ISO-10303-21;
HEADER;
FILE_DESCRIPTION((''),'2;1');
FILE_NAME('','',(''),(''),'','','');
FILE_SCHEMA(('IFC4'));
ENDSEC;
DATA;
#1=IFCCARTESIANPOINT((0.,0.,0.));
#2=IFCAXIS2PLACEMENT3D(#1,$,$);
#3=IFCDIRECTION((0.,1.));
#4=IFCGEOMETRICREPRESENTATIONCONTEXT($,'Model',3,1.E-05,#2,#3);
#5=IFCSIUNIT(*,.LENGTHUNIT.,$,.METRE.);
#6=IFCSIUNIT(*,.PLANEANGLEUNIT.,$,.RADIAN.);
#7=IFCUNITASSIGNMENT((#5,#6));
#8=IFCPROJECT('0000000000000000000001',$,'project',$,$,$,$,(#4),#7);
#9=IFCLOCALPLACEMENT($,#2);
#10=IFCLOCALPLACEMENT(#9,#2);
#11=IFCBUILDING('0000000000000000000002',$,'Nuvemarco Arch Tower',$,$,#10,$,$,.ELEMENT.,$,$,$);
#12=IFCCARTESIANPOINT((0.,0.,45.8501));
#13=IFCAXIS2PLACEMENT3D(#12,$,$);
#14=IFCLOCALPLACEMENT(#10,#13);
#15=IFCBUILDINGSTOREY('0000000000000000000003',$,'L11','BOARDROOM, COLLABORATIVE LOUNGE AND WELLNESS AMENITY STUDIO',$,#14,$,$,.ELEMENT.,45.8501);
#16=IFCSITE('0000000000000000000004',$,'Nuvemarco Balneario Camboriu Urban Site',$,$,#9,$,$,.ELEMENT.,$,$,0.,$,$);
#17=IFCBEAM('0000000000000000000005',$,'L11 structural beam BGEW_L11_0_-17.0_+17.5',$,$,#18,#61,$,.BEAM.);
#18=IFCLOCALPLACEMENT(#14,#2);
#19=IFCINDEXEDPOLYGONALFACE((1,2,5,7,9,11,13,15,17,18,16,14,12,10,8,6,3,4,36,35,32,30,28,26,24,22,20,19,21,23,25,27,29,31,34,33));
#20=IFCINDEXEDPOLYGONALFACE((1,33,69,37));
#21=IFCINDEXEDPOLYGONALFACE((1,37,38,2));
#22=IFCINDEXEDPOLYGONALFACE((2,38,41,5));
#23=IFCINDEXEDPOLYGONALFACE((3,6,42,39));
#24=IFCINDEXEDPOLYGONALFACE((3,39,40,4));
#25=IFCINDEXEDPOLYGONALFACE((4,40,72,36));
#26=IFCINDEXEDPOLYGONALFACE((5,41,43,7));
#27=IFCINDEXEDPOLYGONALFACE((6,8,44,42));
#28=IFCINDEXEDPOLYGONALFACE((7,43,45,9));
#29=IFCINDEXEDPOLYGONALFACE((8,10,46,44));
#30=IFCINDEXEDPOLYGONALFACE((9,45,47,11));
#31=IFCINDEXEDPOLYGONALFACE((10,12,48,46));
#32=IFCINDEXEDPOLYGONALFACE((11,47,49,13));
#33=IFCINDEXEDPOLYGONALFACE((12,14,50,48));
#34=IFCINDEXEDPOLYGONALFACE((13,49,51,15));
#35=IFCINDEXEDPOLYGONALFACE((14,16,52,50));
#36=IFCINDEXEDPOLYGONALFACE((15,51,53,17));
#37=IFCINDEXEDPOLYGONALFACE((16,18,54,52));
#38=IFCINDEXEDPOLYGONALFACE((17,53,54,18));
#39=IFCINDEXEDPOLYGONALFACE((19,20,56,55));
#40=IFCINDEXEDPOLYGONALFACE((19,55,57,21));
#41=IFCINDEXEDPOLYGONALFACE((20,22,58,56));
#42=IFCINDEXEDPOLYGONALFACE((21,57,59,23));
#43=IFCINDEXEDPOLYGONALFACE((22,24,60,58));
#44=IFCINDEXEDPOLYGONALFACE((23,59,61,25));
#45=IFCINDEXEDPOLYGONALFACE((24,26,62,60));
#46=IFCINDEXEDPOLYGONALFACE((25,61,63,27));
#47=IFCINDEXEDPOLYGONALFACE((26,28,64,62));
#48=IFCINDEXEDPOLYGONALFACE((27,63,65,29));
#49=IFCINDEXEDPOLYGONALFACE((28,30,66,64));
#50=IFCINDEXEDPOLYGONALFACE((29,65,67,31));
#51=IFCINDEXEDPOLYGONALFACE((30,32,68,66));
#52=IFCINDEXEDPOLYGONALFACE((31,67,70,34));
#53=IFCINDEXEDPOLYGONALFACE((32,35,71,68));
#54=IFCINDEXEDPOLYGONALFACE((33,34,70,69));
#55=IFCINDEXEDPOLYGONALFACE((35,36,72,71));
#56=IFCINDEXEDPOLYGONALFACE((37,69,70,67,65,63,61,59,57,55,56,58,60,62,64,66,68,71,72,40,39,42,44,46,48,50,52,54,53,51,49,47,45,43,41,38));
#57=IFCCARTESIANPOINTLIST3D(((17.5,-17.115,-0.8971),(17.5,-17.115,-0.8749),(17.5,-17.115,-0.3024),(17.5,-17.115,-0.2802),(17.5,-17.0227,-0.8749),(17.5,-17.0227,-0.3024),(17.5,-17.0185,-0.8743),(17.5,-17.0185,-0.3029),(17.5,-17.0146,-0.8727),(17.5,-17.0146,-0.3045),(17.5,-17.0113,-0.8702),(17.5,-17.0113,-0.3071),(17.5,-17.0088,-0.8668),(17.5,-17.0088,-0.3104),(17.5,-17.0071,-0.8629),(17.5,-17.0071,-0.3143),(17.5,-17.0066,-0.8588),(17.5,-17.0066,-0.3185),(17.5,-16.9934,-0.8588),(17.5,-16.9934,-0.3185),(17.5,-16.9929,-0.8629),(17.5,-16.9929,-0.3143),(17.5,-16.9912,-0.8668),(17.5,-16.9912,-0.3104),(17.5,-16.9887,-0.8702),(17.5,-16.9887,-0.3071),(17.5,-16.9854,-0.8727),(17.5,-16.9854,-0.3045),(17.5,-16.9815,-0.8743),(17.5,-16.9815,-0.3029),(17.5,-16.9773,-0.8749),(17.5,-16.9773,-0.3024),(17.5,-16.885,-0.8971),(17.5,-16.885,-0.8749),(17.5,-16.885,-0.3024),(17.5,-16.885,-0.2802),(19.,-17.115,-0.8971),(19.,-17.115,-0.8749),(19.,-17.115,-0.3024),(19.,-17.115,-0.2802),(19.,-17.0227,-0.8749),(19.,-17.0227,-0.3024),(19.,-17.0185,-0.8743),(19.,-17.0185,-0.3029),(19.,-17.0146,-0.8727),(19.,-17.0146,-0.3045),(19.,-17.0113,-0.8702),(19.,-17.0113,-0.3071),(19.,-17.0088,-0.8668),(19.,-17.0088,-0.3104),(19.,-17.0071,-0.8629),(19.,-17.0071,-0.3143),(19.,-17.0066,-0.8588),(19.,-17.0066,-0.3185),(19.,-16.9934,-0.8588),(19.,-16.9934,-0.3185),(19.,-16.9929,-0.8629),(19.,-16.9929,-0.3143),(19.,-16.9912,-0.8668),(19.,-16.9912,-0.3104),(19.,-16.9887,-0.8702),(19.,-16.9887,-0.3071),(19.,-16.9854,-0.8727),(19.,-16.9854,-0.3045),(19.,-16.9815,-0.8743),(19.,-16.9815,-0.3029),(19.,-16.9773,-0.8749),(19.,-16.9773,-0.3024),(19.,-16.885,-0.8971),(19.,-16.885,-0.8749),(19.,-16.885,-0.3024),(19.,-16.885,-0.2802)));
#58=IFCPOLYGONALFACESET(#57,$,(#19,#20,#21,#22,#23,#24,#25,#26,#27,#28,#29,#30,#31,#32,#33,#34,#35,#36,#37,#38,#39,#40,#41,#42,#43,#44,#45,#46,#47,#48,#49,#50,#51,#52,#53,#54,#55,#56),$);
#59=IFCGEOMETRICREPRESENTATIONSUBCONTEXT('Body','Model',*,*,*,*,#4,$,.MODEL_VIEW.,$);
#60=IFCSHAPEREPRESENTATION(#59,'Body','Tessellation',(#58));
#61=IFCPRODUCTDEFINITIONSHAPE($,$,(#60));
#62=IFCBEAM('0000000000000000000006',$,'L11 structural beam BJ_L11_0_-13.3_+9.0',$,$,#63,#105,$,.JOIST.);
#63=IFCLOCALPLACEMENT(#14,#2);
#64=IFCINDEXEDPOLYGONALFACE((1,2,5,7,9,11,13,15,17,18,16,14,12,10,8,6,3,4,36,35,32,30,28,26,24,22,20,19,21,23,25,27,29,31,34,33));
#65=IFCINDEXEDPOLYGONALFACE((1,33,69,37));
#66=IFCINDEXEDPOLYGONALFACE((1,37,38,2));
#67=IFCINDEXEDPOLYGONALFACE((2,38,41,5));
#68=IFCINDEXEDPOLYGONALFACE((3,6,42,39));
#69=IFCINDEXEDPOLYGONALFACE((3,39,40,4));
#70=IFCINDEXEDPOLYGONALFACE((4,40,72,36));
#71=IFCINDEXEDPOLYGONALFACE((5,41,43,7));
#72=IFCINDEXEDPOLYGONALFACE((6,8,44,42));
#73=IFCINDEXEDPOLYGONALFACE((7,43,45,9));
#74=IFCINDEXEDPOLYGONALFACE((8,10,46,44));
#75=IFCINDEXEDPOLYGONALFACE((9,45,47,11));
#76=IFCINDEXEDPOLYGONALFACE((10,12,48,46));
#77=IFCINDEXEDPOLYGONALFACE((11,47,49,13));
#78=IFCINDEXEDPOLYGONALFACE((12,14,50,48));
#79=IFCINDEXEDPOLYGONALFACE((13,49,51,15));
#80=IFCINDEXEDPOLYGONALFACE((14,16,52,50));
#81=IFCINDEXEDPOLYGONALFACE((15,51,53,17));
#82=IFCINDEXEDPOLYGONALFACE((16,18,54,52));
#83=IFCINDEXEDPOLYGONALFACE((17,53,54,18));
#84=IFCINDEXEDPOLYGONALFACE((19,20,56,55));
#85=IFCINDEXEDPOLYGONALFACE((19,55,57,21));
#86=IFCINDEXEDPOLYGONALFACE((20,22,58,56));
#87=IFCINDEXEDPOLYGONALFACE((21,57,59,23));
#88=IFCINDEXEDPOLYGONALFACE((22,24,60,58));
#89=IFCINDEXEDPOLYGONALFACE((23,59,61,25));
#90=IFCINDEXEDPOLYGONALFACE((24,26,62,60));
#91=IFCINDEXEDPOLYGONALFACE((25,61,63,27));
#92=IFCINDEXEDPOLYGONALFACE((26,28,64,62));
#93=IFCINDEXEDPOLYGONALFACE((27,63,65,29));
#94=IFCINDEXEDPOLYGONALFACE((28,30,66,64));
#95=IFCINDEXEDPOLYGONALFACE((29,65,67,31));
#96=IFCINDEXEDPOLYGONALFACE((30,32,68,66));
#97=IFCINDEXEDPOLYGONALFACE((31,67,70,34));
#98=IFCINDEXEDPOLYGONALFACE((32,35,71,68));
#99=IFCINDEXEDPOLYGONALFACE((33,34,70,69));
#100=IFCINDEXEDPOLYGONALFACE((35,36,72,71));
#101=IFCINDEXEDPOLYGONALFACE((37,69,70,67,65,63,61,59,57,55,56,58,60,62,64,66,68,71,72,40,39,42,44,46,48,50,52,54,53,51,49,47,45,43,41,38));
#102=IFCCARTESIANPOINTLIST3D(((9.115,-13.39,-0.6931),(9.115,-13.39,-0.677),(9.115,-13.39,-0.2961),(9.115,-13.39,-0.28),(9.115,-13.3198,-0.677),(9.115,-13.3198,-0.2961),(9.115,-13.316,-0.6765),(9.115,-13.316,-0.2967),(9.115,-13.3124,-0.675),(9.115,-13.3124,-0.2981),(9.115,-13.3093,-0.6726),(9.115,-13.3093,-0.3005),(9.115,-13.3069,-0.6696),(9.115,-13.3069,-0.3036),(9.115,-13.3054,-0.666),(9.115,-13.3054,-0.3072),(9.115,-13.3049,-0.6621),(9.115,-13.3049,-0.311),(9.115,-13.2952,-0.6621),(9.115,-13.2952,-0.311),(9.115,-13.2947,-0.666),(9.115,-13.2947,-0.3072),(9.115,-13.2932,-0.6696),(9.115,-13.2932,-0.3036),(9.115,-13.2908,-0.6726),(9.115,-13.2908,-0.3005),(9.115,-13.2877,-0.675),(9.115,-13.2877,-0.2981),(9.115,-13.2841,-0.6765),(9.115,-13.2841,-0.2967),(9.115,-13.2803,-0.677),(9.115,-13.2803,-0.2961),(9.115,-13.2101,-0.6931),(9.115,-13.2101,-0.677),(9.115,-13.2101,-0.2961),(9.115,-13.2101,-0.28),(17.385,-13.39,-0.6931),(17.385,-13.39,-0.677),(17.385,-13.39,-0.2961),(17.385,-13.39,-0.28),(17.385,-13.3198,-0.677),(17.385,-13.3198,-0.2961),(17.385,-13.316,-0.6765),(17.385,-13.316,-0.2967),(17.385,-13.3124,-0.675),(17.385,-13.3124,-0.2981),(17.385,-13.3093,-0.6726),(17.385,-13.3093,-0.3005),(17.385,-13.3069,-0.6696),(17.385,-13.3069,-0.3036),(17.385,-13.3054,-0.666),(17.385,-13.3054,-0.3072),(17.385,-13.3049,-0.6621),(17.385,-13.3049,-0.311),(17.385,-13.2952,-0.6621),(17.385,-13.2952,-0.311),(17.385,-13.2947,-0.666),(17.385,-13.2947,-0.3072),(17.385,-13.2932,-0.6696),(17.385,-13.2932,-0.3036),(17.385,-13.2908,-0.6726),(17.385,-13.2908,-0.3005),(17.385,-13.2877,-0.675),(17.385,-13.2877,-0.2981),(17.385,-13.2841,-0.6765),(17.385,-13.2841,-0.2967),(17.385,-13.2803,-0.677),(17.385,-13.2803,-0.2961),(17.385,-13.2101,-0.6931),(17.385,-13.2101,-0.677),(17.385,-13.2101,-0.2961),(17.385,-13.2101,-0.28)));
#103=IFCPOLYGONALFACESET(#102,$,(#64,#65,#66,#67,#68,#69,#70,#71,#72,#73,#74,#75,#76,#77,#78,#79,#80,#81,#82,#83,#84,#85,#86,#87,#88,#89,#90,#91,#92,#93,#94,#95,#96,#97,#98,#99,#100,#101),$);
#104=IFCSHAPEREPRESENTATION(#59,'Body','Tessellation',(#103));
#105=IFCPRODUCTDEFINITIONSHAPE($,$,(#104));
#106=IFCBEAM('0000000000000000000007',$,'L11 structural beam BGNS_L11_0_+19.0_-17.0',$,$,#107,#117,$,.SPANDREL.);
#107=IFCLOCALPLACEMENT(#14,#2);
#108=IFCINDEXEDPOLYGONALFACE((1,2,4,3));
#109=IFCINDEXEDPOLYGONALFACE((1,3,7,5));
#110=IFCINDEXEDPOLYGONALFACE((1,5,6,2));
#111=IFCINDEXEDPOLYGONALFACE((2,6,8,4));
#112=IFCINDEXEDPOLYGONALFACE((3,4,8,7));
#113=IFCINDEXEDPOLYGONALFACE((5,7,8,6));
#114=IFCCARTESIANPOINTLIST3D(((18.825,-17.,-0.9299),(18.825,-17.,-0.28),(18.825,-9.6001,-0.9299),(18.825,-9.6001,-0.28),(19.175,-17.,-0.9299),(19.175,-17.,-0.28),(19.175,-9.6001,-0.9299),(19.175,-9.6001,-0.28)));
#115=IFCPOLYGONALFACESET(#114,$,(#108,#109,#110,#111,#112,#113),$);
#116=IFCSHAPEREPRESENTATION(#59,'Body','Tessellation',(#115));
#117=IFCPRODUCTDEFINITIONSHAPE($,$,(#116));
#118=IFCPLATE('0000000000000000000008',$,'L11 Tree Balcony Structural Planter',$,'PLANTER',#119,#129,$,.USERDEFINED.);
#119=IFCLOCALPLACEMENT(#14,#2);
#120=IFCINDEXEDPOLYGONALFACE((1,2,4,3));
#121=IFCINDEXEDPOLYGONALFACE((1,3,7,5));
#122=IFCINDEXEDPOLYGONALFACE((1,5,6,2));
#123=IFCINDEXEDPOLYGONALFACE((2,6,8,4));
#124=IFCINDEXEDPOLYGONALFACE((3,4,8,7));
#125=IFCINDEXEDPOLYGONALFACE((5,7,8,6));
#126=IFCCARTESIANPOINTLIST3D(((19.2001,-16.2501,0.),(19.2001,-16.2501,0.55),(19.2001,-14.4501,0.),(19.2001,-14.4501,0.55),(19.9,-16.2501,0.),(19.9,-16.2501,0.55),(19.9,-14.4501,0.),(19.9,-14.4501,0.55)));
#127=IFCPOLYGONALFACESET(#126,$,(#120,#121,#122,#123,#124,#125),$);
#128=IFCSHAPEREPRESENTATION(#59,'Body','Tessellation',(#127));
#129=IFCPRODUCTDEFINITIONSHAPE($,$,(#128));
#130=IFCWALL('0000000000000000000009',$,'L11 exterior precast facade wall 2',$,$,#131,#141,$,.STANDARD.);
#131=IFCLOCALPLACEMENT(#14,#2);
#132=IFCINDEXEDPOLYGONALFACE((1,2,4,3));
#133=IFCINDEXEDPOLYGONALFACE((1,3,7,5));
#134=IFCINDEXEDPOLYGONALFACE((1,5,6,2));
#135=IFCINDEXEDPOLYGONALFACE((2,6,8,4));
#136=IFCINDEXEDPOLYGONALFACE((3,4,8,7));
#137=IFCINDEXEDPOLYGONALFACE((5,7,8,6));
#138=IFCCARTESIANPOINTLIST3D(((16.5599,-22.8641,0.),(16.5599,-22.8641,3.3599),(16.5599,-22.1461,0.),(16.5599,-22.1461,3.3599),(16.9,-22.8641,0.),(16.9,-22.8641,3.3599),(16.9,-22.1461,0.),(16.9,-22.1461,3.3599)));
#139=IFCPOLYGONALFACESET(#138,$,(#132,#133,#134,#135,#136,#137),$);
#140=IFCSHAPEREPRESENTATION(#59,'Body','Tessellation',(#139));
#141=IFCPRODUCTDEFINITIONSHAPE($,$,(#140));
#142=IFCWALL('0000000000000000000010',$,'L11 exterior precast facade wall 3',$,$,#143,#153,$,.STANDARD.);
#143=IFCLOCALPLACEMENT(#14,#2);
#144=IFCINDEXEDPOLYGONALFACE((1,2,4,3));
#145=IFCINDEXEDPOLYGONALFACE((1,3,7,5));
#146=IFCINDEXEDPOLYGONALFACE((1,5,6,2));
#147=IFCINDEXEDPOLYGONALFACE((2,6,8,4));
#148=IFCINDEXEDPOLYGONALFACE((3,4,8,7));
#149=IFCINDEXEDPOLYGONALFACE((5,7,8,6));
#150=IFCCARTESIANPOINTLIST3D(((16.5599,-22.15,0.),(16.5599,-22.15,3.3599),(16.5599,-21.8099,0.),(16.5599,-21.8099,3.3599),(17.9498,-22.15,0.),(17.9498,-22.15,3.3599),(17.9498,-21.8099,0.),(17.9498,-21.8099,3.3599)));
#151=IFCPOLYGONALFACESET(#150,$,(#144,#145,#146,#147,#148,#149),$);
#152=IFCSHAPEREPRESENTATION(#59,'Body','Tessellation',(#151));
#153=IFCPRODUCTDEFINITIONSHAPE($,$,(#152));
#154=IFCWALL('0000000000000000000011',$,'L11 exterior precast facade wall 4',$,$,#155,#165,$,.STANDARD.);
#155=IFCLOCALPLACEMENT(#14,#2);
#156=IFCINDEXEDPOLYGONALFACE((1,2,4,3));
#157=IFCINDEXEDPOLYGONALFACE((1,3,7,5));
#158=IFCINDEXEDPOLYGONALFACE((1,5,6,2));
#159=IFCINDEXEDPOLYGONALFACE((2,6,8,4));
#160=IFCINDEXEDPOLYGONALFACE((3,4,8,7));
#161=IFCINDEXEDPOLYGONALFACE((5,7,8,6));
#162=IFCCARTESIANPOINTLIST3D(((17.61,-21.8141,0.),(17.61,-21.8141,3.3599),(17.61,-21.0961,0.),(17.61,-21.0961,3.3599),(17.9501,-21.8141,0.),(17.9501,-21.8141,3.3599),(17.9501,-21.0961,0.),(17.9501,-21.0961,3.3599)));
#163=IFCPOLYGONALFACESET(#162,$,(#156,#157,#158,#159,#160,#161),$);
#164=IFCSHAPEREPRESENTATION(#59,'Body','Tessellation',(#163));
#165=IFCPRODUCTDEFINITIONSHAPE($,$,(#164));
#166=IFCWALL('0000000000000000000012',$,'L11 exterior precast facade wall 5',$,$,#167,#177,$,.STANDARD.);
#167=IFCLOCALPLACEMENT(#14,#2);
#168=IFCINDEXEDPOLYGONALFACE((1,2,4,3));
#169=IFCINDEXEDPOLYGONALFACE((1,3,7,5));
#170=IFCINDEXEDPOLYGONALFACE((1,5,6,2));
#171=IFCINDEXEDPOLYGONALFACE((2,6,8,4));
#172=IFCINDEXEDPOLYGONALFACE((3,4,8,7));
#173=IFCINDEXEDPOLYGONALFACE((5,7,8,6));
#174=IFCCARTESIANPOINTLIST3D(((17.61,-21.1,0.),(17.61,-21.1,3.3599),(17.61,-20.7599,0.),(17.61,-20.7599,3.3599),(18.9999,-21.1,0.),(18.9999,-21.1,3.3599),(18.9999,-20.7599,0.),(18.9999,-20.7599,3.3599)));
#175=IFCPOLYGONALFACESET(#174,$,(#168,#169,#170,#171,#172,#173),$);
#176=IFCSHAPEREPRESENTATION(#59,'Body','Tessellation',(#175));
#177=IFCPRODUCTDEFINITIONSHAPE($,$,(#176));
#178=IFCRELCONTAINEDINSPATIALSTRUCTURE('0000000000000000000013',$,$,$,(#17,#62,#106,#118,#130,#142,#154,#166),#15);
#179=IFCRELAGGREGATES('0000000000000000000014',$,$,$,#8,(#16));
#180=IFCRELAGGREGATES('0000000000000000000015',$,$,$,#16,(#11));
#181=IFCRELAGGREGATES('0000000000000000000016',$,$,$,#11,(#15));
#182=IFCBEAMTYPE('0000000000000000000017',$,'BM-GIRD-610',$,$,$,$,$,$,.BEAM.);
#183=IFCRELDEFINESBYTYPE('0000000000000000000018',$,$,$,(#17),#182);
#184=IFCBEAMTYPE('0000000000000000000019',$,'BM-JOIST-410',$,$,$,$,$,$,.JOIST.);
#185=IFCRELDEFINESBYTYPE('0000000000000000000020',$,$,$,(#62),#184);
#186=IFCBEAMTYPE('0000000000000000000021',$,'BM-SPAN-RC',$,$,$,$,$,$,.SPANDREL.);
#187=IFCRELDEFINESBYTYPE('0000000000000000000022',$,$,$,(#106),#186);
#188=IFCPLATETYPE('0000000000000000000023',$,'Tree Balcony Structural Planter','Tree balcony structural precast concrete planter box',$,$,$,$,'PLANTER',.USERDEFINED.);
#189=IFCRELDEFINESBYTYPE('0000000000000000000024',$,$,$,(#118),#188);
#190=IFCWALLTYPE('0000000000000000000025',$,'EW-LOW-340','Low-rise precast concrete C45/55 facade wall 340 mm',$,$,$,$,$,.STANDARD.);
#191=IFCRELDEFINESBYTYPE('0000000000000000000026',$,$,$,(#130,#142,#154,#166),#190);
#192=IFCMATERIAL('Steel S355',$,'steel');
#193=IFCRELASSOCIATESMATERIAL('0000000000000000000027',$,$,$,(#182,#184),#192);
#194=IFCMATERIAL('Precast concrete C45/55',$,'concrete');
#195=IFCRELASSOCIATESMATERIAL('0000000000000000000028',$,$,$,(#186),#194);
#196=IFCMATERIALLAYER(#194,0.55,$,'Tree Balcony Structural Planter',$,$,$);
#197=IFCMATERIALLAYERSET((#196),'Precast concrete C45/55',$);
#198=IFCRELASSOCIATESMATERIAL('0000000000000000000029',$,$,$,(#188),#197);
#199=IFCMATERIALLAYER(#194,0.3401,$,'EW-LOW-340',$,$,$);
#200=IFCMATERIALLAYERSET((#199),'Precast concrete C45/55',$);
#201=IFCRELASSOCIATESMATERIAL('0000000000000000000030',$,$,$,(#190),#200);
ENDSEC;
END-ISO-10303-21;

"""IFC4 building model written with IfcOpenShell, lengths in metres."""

from ifc_helpers import new_model, si_unit, direction, frame, frame_2d, origin, origin_2d, place, context, subcontext, project, spatial, rectangle, i_section, extrude, source, transform, mapped, material, layer, layer_set, material_profile, profile_set, type_object, type_shapes, element, save


model = new_model("IFC4")

# Units and contexts
model_context = context("Model", 3, precision=1e-05, world=origin(), true_north=direction((0.0, 1.0)))
body_context = subcontext(model_context, "Body", "Model", "MODEL_VIEW")
ifc_project = project(units=[si_unit("LENGTHUNIT", "METRE"), si_unit("PLANEANGLEUNIT", "RADIAN")], contexts=[model_context])

# Site, building, storey
site_placement = place(None, origin())
site = spatial("IfcSite", under=ifc_project, at=site_placement, Name="Nuvemarco Balneario Camboriu Urban Site", CompositionType="ELEMENT", RefElevation=0.0)
building_placement = place(site_placement, origin())
building = spatial("IfcBuilding", under=site, at=building_placement, Name="Nuvemarco Arch Tower", CompositionType="ELEMENT")
storey_placement = place(building_placement, frame((0.0, 0.0, 45.8501)))
storey = spatial("IfcBuildingStorey", under=building, at=storey_placement, Name="L11", Description="BOARDROOM, COLLABORATIVE LOUNGE AND WELLNESS AMENITY STUDIO", CompositionType="ELEMENT", Elevation=45.8501)

# Shared definitions
ifc_material_1 = material(Name="Steel S355", Category="steel")

# Beams
ifc_material_profile_1 = material_profile(ifc_material_1, i_section(OverallWidth=0.23, OverallDepth=0.6169, WebThickness=0.0132, FlangeThickness=0.0222, FilletRadius=0.0161, at=origin_2d()), Name="W610x140")
ifc_profile_set_1 = profile_set([ifc_material_profile_1], Name="Steel S355")
beam_type_1 = type_object("IfcBeamType", Name="BM-GIRD-610", PredefinedType="BEAM", material=ifc_profile_set_1)
beam_1_placement = place(storey_placement, frame((17.5, -17.0, -0.5886), z_axis=(1.0, 0.0, 0.0), x_axis=(0.0, 1.0, 0.0)))
element("IfcBeam", 1, at=beam_1_placement, inside=storey, type_object=beam_type_1, Name="L11 structural beam BGEW_L11_0_-17.0_+17.5", PredefinedType="BEAM", context=body_context, shape_type="SweptSolid", body=[
    extrude(i_section(OverallWidth=0.23, OverallDepth=0.6169, WebThickness=0.0132, FlangeThickness=0.0222, FilletRadius=0.0161, at=origin_2d()), origin(), (0.0, 0.0, 1.0), 1.5),
])
ifc_material_profile_2 = material_profile(ifc_material_1, i_section(OverallWidth=0.1799, OverallDepth=0.4131, WebThickness=0.0098, FlangeThickness=0.0161, FilletRadius=0.0149, at=origin_2d()), Name="W410x75")
ifc_profile_set_2 = profile_set([ifc_material_profile_2], Name="Steel S355")
beam_type_2 = type_object("IfcBeamType", Name="BM-JOIST-410", PredefinedType="JOIST", material=ifc_profile_set_2)
beam_2_placement = place(storey_placement, frame((9.115, -13.3, -0.4866), z_axis=(1.0, 0.0, 0.0), x_axis=(0.0, 1.0, 0.0)))
element("IfcBeam", 2, at=beam_2_placement, inside=storey, type_object=beam_type_2, Name="L11 structural beam BJ_L11_0_-13.3_+9.0", PredefinedType="JOIST", context=body_context, shape_type="SweptSolid", body=[
    extrude(i_section(OverallWidth=0.1799, OverallDepth=0.4131, WebThickness=0.0098, FlangeThickness=0.0161, FilletRadius=0.0149, at=origin_2d()), origin(), (0.0, 0.0, 1.0), 8.27),
])
ifc_material_2 = material(Name="Precast concrete C45/55", Category="concrete")
ifc_material_profile_3 = material_profile(ifc_material_2, rectangle(XDim=0.3501, YDim=0.6499, at=origin_2d()), Name="PC-SP-350x650")
ifc_profile_set_3 = profile_set([ifc_material_profile_3], Name="Precast concrete C45/55")
beam_type_3 = type_object("IfcBeamType", Name="BM-SPAN-RC", PredefinedType="SPANDREL", material=ifc_profile_set_3)
beam_3_placement = place(storey_placement, frame((19.0, -17.0, -0.605), z_axis=(0.0, 1.0, 0.0), x_axis=(-1.0, 0.0, 0.0)))
element("IfcBeam", 3, at=beam_3_placement, inside=storey, type_object=beam_type_3, Name="L11 structural beam BGNS_L11_0_+19.0_-17.0", PredefinedType="SPANDREL", context=body_context, shape_type="SweptSolid", body=[
    extrude(rectangle(XDim=0.3501, YDim=0.6499, at=origin_2d()), origin(), (0.0, 0.0, 1.0), 7.3999),
])

# Plate
ifc_layer_1 = layer(ifc_material_2, 0.55, Name="Tree Balcony Structural Planter")
ifc_layer_set_1 = layer_set([ifc_layer_1], Name="Precast concrete C45/55")
plate_type = type_object("IfcPlateType", Name="Tree Balcony Structural Planter", Description="Tree balcony structural precast concrete planter box", ElementType="PLANTER", PredefinedType="USERDEFINED", material=ifc_layer_set_1)
shared_shape_1 = source(origin(), body_context, "Body", "SweptSolid", [
    extrude(rectangle(XDim=1.8, YDim=0.7, at=origin_2d()), origin(), (0.0, 0.0, 1.0), 0.55),
])
type_shapes(plate_type, [shared_shape_1])
plate_placement = place(storey_placement, frame((19.55, -15.3501, 0.0), z_axis=(0.0, 0.0, 1.0), x_axis=(0.0, 1.0, 0.0)))
element("IfcPlate", 4, at=plate_placement, inside=storey, type_object=plate_type, Name="L11 Tree Balcony Structural Planter", ObjectType="PLANTER", PredefinedType="USERDEFINED", context=body_context, shape_type="MappedRepresentation", body=[
    mapped(shared_shape_1, transform((0.0, 0.0, 0.0), scale=1.0)),
])

# Walls
ifc_layer_2 = layer(ifc_material_2, 0.3401, Name="EW-LOW-340")
ifc_layer_set_2 = layer_set([ifc_layer_2], Name="Precast concrete C45/55")
wall_type_1 = type_object("IfcWallType", Name="EW-LOW-340", Description="Low-rise precast concrete C45/55 facade wall 340 mm", PredefinedType="STANDARD", material=ifc_layer_set_2)
wall_1_placement = place(storey_placement, frame((16.73, -22.864, 0.0), z_axis=(0.0, 0.0, 1.0), x_axis=(0.0, 1.0, 0.0)))
element("IfcWall", 5, at=wall_1_placement, inside=storey, type_object=wall_type_1, Name="L11 exterior precast facade wall 2", PredefinedType="STANDARD", context=body_context, shape_type="SweptSolid", body=[
    extrude(rectangle(XDim=0.718, YDim=0.3401, at=frame_2d((0.3589, 0.0))), origin(), (0.0, 0.0, 1.0), 3.3599),
])
wall_2_placement = place(storey_placement, frame((16.5601, -21.98, 0.0), z_axis=(0.0, 0.0, 1.0), x_axis=(1.0, 0.0, 0.0)))
element("IfcWall", 6, at=wall_2_placement, inside=storey, type_object=wall_type_1, Name="L11 exterior precast facade wall 3", PredefinedType="STANDARD", context=body_context, shape_type="SweptSolid", body=[
    extrude(rectangle(XDim=1.3899, YDim=0.3401, at=frame_2d((0.6948, 0.0))), origin(), (0.0, 0.0, 1.0), 3.3599),
])
wall_3_placement = place(storey_placement, frame((17.78, -21.814, 0.0), z_axis=(0.0, 0.0, 1.0), x_axis=(0.0, 1.0, 0.0)))
element("IfcWall", 7, at=wall_3_placement, inside=storey, type_object=wall_type_1, Name="L11 exterior precast facade wall 4", PredefinedType="STANDARD", context=body_context, shape_type="SweptSolid", body=[
    extrude(rectangle(XDim=0.718, YDim=0.3401, at=frame_2d((0.3589, 0.0))), origin(), (0.0, 0.0, 1.0), 3.3599),
])
wall_4_placement = place(storey_placement, frame((17.6101, -20.9299, 0.0), z_axis=(0.0, 0.0, 1.0), x_axis=(1.0, 0.0, 0.0)))
element("IfcWall", 8, at=wall_4_placement, inside=storey, type_object=wall_type_1, Name="L11 exterior precast facade wall 5", PredefinedType="STANDARD", context=body_context, shape_type="SweptSolid", body=[
    extrude(rectangle(XDim=1.3899, YDim=0.3401, at=frame_2d((0.6948, 0.0))), origin(), (0.0, 0.0, 1.0), 3.3599),
])

save(model, "model.ifc")
